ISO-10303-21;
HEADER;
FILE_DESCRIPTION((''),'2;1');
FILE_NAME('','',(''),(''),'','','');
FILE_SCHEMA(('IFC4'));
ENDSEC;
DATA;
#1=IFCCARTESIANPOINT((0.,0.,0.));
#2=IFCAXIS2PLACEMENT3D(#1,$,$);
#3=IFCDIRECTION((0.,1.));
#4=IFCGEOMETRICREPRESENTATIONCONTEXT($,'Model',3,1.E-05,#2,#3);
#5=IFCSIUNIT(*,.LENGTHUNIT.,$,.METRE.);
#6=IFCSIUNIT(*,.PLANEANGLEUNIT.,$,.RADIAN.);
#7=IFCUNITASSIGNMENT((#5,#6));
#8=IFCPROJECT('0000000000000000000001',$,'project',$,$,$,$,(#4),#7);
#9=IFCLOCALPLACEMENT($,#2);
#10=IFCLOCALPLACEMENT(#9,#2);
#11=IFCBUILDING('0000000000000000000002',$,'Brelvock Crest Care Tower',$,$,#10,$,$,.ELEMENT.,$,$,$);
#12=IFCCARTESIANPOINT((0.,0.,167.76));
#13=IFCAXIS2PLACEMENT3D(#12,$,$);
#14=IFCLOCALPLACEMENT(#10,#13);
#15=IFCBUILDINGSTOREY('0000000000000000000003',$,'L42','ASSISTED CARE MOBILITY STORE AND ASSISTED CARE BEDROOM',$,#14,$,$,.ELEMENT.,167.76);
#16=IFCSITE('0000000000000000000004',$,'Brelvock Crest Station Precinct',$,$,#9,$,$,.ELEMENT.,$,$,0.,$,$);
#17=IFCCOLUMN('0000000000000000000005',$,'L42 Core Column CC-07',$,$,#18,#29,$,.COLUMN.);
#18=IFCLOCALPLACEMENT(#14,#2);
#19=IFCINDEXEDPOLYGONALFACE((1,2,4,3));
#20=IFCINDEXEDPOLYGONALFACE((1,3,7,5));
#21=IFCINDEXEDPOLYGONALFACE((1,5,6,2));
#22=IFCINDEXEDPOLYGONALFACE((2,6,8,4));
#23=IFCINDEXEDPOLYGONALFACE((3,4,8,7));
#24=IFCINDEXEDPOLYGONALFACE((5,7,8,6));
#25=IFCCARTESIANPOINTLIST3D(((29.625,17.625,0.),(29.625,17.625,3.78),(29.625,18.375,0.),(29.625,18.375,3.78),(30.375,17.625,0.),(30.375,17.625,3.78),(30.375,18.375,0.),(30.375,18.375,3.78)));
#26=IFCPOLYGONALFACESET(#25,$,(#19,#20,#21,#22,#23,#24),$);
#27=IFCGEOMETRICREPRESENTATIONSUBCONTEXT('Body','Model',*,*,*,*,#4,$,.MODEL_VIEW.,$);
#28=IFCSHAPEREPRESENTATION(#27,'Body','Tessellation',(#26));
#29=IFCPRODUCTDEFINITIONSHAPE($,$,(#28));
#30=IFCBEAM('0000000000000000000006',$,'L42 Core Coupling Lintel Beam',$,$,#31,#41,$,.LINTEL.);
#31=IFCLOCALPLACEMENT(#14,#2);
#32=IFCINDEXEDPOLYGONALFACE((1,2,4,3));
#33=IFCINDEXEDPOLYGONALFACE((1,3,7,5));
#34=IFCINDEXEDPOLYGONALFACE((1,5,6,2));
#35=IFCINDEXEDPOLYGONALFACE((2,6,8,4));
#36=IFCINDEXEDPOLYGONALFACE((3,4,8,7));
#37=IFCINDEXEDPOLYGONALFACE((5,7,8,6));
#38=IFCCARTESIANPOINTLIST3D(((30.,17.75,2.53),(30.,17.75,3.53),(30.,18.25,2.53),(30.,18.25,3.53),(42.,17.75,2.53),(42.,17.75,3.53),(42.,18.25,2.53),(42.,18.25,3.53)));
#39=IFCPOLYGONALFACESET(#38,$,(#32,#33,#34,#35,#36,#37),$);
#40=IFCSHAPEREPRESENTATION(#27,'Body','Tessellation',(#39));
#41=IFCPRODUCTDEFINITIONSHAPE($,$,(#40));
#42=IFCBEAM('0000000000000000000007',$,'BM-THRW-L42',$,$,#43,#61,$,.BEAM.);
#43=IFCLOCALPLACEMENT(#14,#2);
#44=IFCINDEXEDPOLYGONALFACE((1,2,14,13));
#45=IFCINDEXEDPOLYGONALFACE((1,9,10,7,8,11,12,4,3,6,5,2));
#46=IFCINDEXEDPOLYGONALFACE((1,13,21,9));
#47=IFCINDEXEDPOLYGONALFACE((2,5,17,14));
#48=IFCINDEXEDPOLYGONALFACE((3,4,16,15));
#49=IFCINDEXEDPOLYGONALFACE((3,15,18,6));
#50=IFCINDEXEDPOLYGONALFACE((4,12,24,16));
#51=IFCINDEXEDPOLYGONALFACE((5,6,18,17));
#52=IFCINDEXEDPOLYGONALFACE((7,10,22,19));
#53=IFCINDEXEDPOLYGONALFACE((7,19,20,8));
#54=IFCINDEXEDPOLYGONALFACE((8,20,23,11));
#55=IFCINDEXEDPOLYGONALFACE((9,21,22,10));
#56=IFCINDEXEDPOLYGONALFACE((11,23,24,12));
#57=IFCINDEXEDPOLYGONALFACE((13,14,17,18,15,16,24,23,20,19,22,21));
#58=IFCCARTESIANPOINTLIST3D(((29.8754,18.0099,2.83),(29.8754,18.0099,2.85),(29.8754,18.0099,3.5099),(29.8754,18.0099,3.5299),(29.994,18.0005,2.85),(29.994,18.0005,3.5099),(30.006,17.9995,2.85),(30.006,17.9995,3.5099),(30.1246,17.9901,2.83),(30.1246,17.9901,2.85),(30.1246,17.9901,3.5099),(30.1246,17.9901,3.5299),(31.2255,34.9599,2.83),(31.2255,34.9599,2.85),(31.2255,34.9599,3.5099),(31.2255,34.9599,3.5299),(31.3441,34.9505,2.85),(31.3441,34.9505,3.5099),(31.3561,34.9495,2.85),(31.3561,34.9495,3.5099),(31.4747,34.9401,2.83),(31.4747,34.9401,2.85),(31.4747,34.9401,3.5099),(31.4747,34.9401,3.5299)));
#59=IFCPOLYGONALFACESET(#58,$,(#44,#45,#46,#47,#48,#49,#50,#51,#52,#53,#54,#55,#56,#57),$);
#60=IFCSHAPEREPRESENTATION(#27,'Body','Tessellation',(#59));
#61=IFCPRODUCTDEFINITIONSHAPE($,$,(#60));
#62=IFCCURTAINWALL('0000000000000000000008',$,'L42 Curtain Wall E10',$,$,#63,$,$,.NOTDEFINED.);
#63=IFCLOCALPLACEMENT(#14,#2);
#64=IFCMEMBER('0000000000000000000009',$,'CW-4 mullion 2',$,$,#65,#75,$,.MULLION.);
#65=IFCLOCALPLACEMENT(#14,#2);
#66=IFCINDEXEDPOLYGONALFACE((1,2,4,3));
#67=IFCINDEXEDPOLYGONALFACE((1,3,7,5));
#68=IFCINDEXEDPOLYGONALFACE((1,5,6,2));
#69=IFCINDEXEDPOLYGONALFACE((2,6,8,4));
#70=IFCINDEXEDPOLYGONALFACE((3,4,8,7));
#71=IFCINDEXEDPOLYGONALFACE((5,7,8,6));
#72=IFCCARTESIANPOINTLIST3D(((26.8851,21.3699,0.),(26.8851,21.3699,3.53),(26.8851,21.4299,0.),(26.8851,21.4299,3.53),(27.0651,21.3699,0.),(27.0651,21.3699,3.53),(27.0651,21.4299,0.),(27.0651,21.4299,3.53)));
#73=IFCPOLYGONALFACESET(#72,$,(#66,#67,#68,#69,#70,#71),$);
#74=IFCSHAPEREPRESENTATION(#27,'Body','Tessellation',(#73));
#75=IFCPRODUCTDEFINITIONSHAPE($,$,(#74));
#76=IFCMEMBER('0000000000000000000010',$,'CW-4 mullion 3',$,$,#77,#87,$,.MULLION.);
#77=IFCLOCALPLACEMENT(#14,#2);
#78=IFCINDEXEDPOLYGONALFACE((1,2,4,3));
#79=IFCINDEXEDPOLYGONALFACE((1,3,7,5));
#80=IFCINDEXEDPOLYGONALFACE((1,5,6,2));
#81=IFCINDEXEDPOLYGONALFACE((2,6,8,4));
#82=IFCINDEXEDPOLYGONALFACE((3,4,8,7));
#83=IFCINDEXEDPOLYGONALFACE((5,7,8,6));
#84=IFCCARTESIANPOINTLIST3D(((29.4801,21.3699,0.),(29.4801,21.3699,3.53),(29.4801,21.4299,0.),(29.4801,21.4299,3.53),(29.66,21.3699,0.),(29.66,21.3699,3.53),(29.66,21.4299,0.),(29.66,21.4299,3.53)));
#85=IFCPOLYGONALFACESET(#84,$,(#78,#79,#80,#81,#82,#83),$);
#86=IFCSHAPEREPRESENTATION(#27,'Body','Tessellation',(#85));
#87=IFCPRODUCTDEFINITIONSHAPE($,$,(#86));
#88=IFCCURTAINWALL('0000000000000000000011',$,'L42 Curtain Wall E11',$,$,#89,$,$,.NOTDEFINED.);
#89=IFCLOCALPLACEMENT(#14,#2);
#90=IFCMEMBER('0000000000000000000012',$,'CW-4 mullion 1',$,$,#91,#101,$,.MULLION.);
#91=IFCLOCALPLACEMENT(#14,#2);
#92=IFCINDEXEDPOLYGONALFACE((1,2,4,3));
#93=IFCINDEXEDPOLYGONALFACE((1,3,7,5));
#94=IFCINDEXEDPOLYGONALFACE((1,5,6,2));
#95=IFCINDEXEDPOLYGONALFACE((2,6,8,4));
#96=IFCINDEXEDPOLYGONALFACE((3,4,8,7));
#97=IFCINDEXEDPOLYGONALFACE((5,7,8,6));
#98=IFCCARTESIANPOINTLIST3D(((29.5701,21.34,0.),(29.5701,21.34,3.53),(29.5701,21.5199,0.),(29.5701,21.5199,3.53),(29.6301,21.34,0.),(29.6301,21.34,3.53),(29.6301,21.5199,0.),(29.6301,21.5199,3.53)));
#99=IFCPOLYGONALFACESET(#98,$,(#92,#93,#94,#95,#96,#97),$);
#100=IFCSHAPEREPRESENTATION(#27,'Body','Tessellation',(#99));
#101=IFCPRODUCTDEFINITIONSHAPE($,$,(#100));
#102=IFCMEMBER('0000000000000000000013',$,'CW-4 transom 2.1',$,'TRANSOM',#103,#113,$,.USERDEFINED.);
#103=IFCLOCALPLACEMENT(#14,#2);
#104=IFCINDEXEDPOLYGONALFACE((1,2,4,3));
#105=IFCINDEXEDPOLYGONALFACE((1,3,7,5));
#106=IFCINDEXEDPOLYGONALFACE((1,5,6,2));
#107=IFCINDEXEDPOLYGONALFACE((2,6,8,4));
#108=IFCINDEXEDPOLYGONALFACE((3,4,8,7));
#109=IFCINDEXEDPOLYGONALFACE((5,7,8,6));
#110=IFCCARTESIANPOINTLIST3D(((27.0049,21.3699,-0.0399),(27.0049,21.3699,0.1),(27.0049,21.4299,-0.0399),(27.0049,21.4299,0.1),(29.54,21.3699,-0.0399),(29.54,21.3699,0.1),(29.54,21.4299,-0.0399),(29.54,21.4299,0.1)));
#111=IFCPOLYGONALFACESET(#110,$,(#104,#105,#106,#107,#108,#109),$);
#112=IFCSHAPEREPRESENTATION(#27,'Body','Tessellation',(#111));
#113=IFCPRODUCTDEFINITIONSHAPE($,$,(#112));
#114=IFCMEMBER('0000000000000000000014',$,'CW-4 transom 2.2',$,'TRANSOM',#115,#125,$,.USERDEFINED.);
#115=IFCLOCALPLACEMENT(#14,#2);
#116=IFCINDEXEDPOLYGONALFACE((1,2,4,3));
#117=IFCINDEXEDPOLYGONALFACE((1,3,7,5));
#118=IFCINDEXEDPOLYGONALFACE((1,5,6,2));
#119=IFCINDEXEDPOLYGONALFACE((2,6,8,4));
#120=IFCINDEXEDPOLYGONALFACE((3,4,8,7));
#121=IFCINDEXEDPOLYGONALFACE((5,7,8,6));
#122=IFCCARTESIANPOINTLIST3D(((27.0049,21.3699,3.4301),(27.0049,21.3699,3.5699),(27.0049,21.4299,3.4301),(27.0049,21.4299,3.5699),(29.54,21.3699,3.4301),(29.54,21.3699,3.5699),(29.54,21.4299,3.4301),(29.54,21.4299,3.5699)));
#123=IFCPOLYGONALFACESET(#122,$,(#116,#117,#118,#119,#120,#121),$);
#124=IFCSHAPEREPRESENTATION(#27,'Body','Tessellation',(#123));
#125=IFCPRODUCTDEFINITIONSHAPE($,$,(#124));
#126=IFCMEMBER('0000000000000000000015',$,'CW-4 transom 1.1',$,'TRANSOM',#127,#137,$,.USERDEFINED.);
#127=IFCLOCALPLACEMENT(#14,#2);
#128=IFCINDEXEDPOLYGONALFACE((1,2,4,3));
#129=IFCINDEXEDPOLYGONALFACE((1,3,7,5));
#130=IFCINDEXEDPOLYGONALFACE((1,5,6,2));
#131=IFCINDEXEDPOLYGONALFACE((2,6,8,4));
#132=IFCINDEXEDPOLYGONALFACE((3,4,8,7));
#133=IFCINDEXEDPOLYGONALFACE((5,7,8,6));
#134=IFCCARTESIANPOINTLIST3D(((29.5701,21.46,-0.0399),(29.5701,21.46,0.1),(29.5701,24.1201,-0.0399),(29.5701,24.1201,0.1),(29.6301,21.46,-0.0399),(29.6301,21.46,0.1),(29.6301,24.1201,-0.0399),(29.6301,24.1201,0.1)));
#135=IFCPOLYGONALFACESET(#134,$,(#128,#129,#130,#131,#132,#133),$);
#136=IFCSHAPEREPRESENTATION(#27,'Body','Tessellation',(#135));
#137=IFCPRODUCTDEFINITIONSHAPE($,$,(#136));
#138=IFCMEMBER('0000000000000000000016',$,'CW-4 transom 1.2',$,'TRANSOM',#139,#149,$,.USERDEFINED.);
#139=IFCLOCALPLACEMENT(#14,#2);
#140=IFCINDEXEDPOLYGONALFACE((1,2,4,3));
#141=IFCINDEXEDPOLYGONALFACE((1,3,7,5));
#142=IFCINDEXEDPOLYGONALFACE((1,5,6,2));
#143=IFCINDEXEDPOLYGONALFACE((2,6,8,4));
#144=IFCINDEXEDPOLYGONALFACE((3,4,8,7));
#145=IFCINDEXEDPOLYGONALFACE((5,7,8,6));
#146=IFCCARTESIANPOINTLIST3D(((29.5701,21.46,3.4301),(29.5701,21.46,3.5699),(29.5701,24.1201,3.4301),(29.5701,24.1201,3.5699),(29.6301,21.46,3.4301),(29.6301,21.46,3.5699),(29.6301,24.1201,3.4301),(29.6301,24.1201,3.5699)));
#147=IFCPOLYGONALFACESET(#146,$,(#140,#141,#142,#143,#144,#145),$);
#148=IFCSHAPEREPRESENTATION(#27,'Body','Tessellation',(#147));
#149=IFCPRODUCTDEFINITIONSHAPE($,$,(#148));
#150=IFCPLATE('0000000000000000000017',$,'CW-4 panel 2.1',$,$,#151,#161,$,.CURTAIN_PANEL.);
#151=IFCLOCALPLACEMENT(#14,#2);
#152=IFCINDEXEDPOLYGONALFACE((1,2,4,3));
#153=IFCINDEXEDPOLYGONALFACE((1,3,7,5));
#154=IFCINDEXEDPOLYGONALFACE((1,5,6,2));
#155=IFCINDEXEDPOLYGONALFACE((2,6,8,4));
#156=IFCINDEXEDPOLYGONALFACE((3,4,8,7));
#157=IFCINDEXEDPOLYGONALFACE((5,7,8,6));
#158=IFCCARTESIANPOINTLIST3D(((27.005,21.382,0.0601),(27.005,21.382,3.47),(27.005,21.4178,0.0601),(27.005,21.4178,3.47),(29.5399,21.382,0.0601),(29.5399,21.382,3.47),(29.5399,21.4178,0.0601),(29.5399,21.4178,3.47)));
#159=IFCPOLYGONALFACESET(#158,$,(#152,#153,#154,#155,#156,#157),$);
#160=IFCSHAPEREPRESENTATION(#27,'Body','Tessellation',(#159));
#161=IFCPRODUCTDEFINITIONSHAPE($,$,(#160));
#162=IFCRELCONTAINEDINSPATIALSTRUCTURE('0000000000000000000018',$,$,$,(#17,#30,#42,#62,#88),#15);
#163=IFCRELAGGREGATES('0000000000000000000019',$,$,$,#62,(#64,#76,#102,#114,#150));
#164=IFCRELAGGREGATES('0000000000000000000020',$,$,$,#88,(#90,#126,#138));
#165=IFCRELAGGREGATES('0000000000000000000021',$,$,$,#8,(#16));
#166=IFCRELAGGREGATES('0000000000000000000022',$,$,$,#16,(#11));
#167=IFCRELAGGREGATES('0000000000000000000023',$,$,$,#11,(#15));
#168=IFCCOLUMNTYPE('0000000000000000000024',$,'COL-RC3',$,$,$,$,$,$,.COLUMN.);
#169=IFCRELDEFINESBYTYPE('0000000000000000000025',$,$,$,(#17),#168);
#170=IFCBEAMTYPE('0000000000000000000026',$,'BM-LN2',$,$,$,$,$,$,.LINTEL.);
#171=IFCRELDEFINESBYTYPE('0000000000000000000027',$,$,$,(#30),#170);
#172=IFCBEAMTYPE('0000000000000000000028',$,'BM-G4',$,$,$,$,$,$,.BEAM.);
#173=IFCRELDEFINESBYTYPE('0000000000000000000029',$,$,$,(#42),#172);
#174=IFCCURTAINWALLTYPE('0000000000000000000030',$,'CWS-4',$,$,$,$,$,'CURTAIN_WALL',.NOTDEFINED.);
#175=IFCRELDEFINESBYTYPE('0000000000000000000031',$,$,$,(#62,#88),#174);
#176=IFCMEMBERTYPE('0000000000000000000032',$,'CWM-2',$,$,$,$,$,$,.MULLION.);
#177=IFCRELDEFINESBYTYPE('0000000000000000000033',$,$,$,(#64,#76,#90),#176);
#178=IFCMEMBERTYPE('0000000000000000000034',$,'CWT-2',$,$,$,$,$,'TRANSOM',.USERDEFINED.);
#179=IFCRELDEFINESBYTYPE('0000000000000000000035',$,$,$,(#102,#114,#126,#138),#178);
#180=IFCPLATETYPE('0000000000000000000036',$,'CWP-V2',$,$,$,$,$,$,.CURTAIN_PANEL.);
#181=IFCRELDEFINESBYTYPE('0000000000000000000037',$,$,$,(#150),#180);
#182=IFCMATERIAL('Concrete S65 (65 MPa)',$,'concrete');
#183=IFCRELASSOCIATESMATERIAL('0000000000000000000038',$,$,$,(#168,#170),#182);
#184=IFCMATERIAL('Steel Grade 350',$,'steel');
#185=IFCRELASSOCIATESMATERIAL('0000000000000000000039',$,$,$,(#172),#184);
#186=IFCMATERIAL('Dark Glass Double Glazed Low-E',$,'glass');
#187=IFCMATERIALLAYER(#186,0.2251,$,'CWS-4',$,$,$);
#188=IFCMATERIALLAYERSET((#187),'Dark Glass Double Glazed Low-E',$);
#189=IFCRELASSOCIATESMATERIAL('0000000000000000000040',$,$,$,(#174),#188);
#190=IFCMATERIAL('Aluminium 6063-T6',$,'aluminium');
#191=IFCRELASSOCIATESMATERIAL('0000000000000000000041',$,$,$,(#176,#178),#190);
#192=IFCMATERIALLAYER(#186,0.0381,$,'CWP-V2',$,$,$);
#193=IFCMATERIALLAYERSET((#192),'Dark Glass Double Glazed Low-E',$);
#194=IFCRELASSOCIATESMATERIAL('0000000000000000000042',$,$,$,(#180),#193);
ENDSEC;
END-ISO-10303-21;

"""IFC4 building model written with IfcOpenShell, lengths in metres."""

from ifc_helpers import new_model, si_unit, direction, frame, origin, origin_2d, place, context, subcontext, project, spatial, rectangle, i_section, extrude, source, transform, mapped, material, layer, layer_set, material_profile, profile_set, type_object, element, aggregate, save


model = new_model("IFC4")

# Units and contexts
model_context = context("Model", 3, precision=1e-05, world=origin(), true_north=direction((0.0, 1.0)))
body_context = subcontext(model_context, "Body", "Model", "MODEL_VIEW")
ifc_project = project(units=[si_unit("LENGTHUNIT", "METRE"), si_unit("PLANEANGLEUNIT", "RADIAN")], contexts=[model_context])

# Site, building, storey
site_placement = place(None, origin())
site = spatial("IfcSite", under=ifc_project, at=site_placement, Name="Brelvock Crest Station Precinct", CompositionType="ELEMENT", RefElevation=0.0)
building_placement = place(site_placement, origin())
building = spatial("IfcBuilding", under=site, at=building_placement, Name="Brelvock Crest Care Tower", CompositionType="ELEMENT")
storey_placement = place(building_placement, frame((0.0, 0.0, 167.76)))
storey = spatial("IfcBuildingStorey", under=building, at=storey_placement, Name="L42", Description="ASSISTED CARE MOBILITY STORE AND ASSISTED CARE BEDROOM", CompositionType="ELEMENT", Elevation=167.76)

# Column
ifc_material_1 = material(Name="Concrete S65 (65 MPa)", Category="concrete")
ifc_material_profile_1 = material_profile(ifc_material_1, rectangle(XDim=0.75, YDim=0.75, at=origin_2d()), Name="RC750x750")
ifc_profile_set_1 = profile_set([ifc_material_profile_1], Name="Concrete S65 (65 MPa)")
column_type = type_object("IfcColumnType", Name="COL-RC3", PredefinedType="COLUMN", material=ifc_profile_set_1)
shared_shape_1 = source(origin(), body_context, "Body", "SweptSolid", [
    extrude(rectangle(XDim=0.75, YDim=0.75, at=origin_2d()), origin(), (0.0, 0.0, 1.0), 3.78),
])
column_placement = place(storey_placement, frame((30.0, 18.0, 0.0), z_axis=(0.0, 0.0, 1.0), x_axis=(1.0, 0.0, 0.0)))
element("IfcColumn", 1, at=column_placement, inside=storey, type_object=column_type, Name="L42 Core Column CC-07", PredefinedType="COLUMN", context=body_context, shape_type="MappedRepresentation", body=[
    mapped(shared_shape_1, transform((0.0, 0.0, 0.0), x_axis=(1.0, 0.0, 0.0), y_axis=(0.0, 1.0, 0.0), z_axis=(0.0, 0.0, 1.0), scale=1.0)),
])

# Beams
ifc_material_profile_2 = material_profile(ifc_material_1, rectangle(XDim=0.5, YDim=1.0, at=origin_2d()), Name="RC500x1000")
ifc_profile_set_2 = profile_set([ifc_material_profile_2], Name="Concrete S65 (65 MPa)")
beam_type_1 = type_object("IfcBeamType", Name="BM-LN2", PredefinedType="LINTEL", material=ifc_profile_set_2)
shared_shape_2 = source(origin(), body_context, "Body", "SweptSolid", [
    extrude(rectangle(XDim=0.5, YDim=1.0, at=origin_2d()), origin(), (0.0, 0.0, 1.0), 12.0),
])
beam_1_placement = place(storey_placement, frame((30.0, 18.0, 3.03), z_axis=(1.0, 0.0, 0.0), x_axis=(0.0, 1.0, 0.0)))
element("IfcBeam", 2, at=beam_1_placement, inside=storey, type_object=beam_type_1, Name="L42 Core Coupling Lintel Beam", PredefinedType="LINTEL", context=body_context, shape_type="MappedRepresentation", body=[
    mapped(shared_shape_2, transform((0.0, 0.0, 0.0), x_axis=(1.0, 0.0, 0.0), y_axis=(0.0, 1.0, 0.0), z_axis=(0.0, 0.0, 1.0), scale=1.0)),
])
ifc_material_2 = material(Name="Steel Grade 350", Category="steel")
ifc_material_profile_3 = material_profile(ifc_material_2, i_section(OverallWidth=0.25, OverallDepth=0.7, WebThickness=0.012, FlangeThickness=0.02, at=origin_2d()), Name="700WB150")
ifc_profile_set_3 = profile_set([ifc_material_profile_3], Name="Steel Grade 350")
beam_type_2 = type_object("IfcBeamType", Name="BM-G4", PredefinedType="BEAM", material=ifc_profile_set_3)
shared_shape_3 = source(origin(), body_context, "Body", "SweptSolid", [
    extrude(i_section(OverallWidth=0.25, OverallDepth=0.7, WebThickness=0.012, FlangeThickness=0.02, at=origin_2d()), origin(), (0.0, 0.0, 1.0), 17.0037),
])
beam_2_placement = place(storey_placement, frame((30.0, 18.0, 3.1799), z_axis=(0.079401, 0.996843, 0.0), x_axis=(-0.996843, 0.079401, 0.0)))
element("IfcBeam", 3, at=beam_2_placement, inside=storey, type_object=beam_type_2, Name="BM-THRW-L42", PredefinedType="BEAM", context=body_context, shape_type="MappedRepresentation", body=[
    mapped(shared_shape_3, transform((0.0, 0.0, 0.0), x_axis=(1.0, 0.0, 0.0), y_axis=(0.0, 1.0, 0.0), z_axis=(0.0, 0.0, 1.0), scale=1.0)),
])

# Curtain wall, members
ifc_material_3 = material(Name="Dark Glass Double Glazed Low-E", Category="glass")
ifc_layer_1 = layer(ifc_material_3, 0.2251, Name="CWS-4")
ifc_layer_set_1 = layer_set([ifc_layer_1], Name="Dark Glass Double Glazed Low-E")
curtain_wall_type = type_object("IfcCurtainWallType", Name="CWS-4", ElementType="CURTAIN_WALL", PredefinedType="NOTDEFINED", material=ifc_layer_set_1)
curtain_wall_1_placement = place(storey_placement, origin())
curtain_wall_1 = element("IfcCurtainWall", 4, at=curtain_wall_1_placement, inside=storey, type_object=curtain_wall_type, Name="L42 Curtain Wall E10", PredefinedType="NOTDEFINED")
ifc_material_4 = material(Name="Aluminium 6063-T6", Category="aluminium")
ifc_material_profile_4 = material_profile(ifc_material_4, rectangle(XDim=0.0601, YDim=0.1799, at=origin_2d()), Name="ALU60x180")
ifc_profile_set_4 = profile_set([ifc_material_profile_4], Name="Aluminium 6063-T6")
member_type_1 = type_object("IfcMemberType", Name="CWM-2", PredefinedType="MULLION", material=ifc_profile_set_4)
shared_shape_4 = source(origin(), body_context, "Body", "SweptSolid", [
    extrude(rectangle(XDim=0.0601, YDim=0.1799, at=origin_2d()), origin(), (0.0, 0.0, 1.0), 3.53),
])
member_1_placement = place(storey_placement, frame((26.9751, 21.3999, 0.0), z_axis=(0.0, 0.0, 1.0), x_axis=(0.0, 1.0, 0.0)))
member_1 = element("IfcMember", 5, at=member_1_placement, type_object=member_type_1, Name="CW-4 mullion 2", PredefinedType="MULLION", context=body_context, shape_type="MappedRepresentation", body=[
    mapped(shared_shape_4, transform((0.0, 0.0, 0.0), x_axis=(1.0, 0.0, 0.0), y_axis=(0.0, 1.0, 0.0), z_axis=(0.0, 0.0, 1.0), scale=1.0)),
])
member_2_placement = place(storey_placement, frame((29.5701, 21.3999, 0.0), z_axis=(0.0, 0.0, 1.0), x_axis=(0.0, 1.0, 0.0)))
member_2 = element("IfcMember", 6, at=member_2_placement, type_object=member_type_1, Name="CW-4 mullion 3", PredefinedType="MULLION", context=body_context, shape_type="MappedRepresentation", body=[
    mapped(shared_shape_4, transform((0.0, 0.0, 0.0), x_axis=(1.0, 0.0, 0.0), y_axis=(0.0, 1.0, 0.0), z_axis=(0.0, 0.0, 1.0), scale=1.0)),
])

# Curtain wall, member
curtain_wall_2_placement = place(storey_placement, origin())
curtain_wall_2 = element("IfcCurtainWall", 7, at=curtain_wall_2_placement, inside=storey, type_object=curtain_wall_type, Name="L42 Curtain Wall E11", PredefinedType="NOTDEFINED")
member_3_placement = place(storey_placement, frame((29.6001, 21.4299, 0.0), z_axis=(0.0, 0.0, 1.0), x_axis=(-1.0, 0.0, 0.0)))
member_3 = element("IfcMember", 8, at=member_3_placement, type_object=member_type_1, Name="CW-4 mullion 1", PredefinedType="MULLION", context=body_context, shape_type="MappedRepresentation", body=[
    mapped(shared_shape_4, transform((0.0, 0.0, 0.0), x_axis=(1.0, 0.0, 0.0), y_axis=(0.0, 1.0, 0.0), z_axis=(0.0, 0.0, 1.0), scale=1.0)),
])

# Members
ifc_material_profile_5 = material_profile(ifc_material_4, rectangle(XDim=0.0601, YDim=0.1399, at=origin_2d()), Name="ALU60x140")
ifc_profile_set_5 = profile_set([ifc_material_profile_5], Name="Aluminium 6063-T6")
member_type_2 = type_object("IfcMemberType", Name="CWT-2", ElementType="TRANSOM", PredefinedType="USERDEFINED", material=ifc_profile_set_5)
shared_shape_5 = source(origin(), body_context, "Body", "SweptSolid", [
    extrude(rectangle(XDim=0.0601, YDim=0.1399, at=origin_2d()), origin(), (0.0, 0.0, 1.0), 2.5352),
])
member_4_placement = place(storey_placement, frame((27.0049, 21.3999, 0.03), z_axis=(1.0, 0.0, 0.0), x_axis=(0.0, 1.0, 0.0)))
member_4 = element("IfcMember", 9, at=member_4_placement, type_object=member_type_2, Name="CW-4 transom 2.1", ObjectType="TRANSOM", PredefinedType="USERDEFINED", context=body_context, shape_type="MappedRepresentation", body=[
    mapped(shared_shape_5, transform((0.0, 0.0, 0.0), x_axis=(1.0, 0.0, 0.0), y_axis=(0.0, 1.0, 0.0), z_axis=(0.0, 0.0, 1.0), scale=1.0)),
])
member_5_placement = place(storey_placement, frame((27.0049, 21.3999, 3.5), z_axis=(1.0, 0.0, 0.0), x_axis=(0.0, 1.0, 0.0)))
member_5 = element("IfcMember", 10, at=member_5_placement, type_object=member_type_2, Name="CW-4 transom 2.2", ObjectType="TRANSOM", PredefinedType="USERDEFINED", context=body_context, shape_type="MappedRepresentation", body=[
    mapped(shared_shape_5, transform((0.0, 0.0, 0.0), x_axis=(1.0, 0.0, 0.0), y_axis=(0.0, 1.0, 0.0), z_axis=(0.0, 0.0, 1.0), scale=1.0)),
])
shared_shape_6 = source(origin(), body_context, "Body", "SweptSolid", [
    extrude(rectangle(XDim=0.0601, YDim=0.1399, at=origin_2d()), origin(), (0.0, 0.0, 1.0), 2.6602),
])
member_6_placement = place(storey_placement, frame((29.6001, 21.46, 0.03), z_axis=(0.0, 1.0, 0.0), x_axis=(-1.0, 0.0, 0.0)))
member_6 = element("IfcMember", 11, at=member_6_placement, type_object=member_type_2, Name="CW-4 transom 1.1", ObjectType="TRANSOM", PredefinedType="USERDEFINED", context=body_context, shape_type="MappedRepresentation", body=[
    mapped(shared_shape_6, transform((0.0, 0.0, 0.0), x_axis=(1.0, 0.0, 0.0), y_axis=(0.0, 1.0, 0.0), z_axis=(0.0, 0.0, 1.0), scale=1.0)),
])
member_7_placement = place(storey_placement, frame((29.6001, 21.46, 3.5), z_axis=(0.0, 1.0, 0.0), x_axis=(-1.0, 0.0, 0.0)))
member_7 = element("IfcMember", 12, at=member_7_placement, type_object=member_type_2, Name="CW-4 transom 1.2", ObjectType="TRANSOM", PredefinedType="USERDEFINED", context=body_context, shape_type="MappedRepresentation", body=[
    mapped(shared_shape_6, transform((0.0, 0.0, 0.0), x_axis=(1.0, 0.0, 0.0), y_axis=(0.0, 1.0, 0.0), z_axis=(0.0, 0.0, 1.0), scale=1.0)),
])

# Plate
ifc_layer_2 = layer(ifc_material_3, 0.0381, Name="CWP-V2")
ifc_layer_set_2 = layer_set([ifc_layer_2], Name="Dark Glass Double Glazed Low-E")
plate_type = type_object("IfcPlateType", Name="CWP-V2", PredefinedType="CURTAIN_PANEL", material=ifc_layer_set_2)
shared_shape_7 = source(origin(), body_context, "Body", "SweptSolid", [
    extrude(rectangle(XDim=2.5349, YDim=0.0359, at=origin_2d()), origin(), (0.0, 0.0, 1.0), 3.4099),
])
plate_1_placement = place(storey_placement, frame((28.2725, 21.3999, 0.0601), z_axis=(0.0, 0.0, 1.0), x_axis=(1.0, 0.0, 0.0)))
plate_1 = element("IfcPlate", 13, at=plate_1_placement, type_object=plate_type, Name="CW-4 panel 2.1", PredefinedType="CURTAIN_PANEL", context=body_context, shape_type="MappedRepresentation", body=[
    mapped(shared_shape_7, transform((0.0, 0.0, 0.0), x_axis=(1.0, 0.0, 0.0), y_axis=(0.0, 1.0, 0.0), z_axis=(0.0, 0.0, 1.0), scale=1.0)),
])
aggregate(curtain_wall_1, [member_1, member_2, member_4, member_5, plate_1])
aggregate(curtain_wall_2, [member_3, member_6, member_7])

save(model, "model.ifc")
